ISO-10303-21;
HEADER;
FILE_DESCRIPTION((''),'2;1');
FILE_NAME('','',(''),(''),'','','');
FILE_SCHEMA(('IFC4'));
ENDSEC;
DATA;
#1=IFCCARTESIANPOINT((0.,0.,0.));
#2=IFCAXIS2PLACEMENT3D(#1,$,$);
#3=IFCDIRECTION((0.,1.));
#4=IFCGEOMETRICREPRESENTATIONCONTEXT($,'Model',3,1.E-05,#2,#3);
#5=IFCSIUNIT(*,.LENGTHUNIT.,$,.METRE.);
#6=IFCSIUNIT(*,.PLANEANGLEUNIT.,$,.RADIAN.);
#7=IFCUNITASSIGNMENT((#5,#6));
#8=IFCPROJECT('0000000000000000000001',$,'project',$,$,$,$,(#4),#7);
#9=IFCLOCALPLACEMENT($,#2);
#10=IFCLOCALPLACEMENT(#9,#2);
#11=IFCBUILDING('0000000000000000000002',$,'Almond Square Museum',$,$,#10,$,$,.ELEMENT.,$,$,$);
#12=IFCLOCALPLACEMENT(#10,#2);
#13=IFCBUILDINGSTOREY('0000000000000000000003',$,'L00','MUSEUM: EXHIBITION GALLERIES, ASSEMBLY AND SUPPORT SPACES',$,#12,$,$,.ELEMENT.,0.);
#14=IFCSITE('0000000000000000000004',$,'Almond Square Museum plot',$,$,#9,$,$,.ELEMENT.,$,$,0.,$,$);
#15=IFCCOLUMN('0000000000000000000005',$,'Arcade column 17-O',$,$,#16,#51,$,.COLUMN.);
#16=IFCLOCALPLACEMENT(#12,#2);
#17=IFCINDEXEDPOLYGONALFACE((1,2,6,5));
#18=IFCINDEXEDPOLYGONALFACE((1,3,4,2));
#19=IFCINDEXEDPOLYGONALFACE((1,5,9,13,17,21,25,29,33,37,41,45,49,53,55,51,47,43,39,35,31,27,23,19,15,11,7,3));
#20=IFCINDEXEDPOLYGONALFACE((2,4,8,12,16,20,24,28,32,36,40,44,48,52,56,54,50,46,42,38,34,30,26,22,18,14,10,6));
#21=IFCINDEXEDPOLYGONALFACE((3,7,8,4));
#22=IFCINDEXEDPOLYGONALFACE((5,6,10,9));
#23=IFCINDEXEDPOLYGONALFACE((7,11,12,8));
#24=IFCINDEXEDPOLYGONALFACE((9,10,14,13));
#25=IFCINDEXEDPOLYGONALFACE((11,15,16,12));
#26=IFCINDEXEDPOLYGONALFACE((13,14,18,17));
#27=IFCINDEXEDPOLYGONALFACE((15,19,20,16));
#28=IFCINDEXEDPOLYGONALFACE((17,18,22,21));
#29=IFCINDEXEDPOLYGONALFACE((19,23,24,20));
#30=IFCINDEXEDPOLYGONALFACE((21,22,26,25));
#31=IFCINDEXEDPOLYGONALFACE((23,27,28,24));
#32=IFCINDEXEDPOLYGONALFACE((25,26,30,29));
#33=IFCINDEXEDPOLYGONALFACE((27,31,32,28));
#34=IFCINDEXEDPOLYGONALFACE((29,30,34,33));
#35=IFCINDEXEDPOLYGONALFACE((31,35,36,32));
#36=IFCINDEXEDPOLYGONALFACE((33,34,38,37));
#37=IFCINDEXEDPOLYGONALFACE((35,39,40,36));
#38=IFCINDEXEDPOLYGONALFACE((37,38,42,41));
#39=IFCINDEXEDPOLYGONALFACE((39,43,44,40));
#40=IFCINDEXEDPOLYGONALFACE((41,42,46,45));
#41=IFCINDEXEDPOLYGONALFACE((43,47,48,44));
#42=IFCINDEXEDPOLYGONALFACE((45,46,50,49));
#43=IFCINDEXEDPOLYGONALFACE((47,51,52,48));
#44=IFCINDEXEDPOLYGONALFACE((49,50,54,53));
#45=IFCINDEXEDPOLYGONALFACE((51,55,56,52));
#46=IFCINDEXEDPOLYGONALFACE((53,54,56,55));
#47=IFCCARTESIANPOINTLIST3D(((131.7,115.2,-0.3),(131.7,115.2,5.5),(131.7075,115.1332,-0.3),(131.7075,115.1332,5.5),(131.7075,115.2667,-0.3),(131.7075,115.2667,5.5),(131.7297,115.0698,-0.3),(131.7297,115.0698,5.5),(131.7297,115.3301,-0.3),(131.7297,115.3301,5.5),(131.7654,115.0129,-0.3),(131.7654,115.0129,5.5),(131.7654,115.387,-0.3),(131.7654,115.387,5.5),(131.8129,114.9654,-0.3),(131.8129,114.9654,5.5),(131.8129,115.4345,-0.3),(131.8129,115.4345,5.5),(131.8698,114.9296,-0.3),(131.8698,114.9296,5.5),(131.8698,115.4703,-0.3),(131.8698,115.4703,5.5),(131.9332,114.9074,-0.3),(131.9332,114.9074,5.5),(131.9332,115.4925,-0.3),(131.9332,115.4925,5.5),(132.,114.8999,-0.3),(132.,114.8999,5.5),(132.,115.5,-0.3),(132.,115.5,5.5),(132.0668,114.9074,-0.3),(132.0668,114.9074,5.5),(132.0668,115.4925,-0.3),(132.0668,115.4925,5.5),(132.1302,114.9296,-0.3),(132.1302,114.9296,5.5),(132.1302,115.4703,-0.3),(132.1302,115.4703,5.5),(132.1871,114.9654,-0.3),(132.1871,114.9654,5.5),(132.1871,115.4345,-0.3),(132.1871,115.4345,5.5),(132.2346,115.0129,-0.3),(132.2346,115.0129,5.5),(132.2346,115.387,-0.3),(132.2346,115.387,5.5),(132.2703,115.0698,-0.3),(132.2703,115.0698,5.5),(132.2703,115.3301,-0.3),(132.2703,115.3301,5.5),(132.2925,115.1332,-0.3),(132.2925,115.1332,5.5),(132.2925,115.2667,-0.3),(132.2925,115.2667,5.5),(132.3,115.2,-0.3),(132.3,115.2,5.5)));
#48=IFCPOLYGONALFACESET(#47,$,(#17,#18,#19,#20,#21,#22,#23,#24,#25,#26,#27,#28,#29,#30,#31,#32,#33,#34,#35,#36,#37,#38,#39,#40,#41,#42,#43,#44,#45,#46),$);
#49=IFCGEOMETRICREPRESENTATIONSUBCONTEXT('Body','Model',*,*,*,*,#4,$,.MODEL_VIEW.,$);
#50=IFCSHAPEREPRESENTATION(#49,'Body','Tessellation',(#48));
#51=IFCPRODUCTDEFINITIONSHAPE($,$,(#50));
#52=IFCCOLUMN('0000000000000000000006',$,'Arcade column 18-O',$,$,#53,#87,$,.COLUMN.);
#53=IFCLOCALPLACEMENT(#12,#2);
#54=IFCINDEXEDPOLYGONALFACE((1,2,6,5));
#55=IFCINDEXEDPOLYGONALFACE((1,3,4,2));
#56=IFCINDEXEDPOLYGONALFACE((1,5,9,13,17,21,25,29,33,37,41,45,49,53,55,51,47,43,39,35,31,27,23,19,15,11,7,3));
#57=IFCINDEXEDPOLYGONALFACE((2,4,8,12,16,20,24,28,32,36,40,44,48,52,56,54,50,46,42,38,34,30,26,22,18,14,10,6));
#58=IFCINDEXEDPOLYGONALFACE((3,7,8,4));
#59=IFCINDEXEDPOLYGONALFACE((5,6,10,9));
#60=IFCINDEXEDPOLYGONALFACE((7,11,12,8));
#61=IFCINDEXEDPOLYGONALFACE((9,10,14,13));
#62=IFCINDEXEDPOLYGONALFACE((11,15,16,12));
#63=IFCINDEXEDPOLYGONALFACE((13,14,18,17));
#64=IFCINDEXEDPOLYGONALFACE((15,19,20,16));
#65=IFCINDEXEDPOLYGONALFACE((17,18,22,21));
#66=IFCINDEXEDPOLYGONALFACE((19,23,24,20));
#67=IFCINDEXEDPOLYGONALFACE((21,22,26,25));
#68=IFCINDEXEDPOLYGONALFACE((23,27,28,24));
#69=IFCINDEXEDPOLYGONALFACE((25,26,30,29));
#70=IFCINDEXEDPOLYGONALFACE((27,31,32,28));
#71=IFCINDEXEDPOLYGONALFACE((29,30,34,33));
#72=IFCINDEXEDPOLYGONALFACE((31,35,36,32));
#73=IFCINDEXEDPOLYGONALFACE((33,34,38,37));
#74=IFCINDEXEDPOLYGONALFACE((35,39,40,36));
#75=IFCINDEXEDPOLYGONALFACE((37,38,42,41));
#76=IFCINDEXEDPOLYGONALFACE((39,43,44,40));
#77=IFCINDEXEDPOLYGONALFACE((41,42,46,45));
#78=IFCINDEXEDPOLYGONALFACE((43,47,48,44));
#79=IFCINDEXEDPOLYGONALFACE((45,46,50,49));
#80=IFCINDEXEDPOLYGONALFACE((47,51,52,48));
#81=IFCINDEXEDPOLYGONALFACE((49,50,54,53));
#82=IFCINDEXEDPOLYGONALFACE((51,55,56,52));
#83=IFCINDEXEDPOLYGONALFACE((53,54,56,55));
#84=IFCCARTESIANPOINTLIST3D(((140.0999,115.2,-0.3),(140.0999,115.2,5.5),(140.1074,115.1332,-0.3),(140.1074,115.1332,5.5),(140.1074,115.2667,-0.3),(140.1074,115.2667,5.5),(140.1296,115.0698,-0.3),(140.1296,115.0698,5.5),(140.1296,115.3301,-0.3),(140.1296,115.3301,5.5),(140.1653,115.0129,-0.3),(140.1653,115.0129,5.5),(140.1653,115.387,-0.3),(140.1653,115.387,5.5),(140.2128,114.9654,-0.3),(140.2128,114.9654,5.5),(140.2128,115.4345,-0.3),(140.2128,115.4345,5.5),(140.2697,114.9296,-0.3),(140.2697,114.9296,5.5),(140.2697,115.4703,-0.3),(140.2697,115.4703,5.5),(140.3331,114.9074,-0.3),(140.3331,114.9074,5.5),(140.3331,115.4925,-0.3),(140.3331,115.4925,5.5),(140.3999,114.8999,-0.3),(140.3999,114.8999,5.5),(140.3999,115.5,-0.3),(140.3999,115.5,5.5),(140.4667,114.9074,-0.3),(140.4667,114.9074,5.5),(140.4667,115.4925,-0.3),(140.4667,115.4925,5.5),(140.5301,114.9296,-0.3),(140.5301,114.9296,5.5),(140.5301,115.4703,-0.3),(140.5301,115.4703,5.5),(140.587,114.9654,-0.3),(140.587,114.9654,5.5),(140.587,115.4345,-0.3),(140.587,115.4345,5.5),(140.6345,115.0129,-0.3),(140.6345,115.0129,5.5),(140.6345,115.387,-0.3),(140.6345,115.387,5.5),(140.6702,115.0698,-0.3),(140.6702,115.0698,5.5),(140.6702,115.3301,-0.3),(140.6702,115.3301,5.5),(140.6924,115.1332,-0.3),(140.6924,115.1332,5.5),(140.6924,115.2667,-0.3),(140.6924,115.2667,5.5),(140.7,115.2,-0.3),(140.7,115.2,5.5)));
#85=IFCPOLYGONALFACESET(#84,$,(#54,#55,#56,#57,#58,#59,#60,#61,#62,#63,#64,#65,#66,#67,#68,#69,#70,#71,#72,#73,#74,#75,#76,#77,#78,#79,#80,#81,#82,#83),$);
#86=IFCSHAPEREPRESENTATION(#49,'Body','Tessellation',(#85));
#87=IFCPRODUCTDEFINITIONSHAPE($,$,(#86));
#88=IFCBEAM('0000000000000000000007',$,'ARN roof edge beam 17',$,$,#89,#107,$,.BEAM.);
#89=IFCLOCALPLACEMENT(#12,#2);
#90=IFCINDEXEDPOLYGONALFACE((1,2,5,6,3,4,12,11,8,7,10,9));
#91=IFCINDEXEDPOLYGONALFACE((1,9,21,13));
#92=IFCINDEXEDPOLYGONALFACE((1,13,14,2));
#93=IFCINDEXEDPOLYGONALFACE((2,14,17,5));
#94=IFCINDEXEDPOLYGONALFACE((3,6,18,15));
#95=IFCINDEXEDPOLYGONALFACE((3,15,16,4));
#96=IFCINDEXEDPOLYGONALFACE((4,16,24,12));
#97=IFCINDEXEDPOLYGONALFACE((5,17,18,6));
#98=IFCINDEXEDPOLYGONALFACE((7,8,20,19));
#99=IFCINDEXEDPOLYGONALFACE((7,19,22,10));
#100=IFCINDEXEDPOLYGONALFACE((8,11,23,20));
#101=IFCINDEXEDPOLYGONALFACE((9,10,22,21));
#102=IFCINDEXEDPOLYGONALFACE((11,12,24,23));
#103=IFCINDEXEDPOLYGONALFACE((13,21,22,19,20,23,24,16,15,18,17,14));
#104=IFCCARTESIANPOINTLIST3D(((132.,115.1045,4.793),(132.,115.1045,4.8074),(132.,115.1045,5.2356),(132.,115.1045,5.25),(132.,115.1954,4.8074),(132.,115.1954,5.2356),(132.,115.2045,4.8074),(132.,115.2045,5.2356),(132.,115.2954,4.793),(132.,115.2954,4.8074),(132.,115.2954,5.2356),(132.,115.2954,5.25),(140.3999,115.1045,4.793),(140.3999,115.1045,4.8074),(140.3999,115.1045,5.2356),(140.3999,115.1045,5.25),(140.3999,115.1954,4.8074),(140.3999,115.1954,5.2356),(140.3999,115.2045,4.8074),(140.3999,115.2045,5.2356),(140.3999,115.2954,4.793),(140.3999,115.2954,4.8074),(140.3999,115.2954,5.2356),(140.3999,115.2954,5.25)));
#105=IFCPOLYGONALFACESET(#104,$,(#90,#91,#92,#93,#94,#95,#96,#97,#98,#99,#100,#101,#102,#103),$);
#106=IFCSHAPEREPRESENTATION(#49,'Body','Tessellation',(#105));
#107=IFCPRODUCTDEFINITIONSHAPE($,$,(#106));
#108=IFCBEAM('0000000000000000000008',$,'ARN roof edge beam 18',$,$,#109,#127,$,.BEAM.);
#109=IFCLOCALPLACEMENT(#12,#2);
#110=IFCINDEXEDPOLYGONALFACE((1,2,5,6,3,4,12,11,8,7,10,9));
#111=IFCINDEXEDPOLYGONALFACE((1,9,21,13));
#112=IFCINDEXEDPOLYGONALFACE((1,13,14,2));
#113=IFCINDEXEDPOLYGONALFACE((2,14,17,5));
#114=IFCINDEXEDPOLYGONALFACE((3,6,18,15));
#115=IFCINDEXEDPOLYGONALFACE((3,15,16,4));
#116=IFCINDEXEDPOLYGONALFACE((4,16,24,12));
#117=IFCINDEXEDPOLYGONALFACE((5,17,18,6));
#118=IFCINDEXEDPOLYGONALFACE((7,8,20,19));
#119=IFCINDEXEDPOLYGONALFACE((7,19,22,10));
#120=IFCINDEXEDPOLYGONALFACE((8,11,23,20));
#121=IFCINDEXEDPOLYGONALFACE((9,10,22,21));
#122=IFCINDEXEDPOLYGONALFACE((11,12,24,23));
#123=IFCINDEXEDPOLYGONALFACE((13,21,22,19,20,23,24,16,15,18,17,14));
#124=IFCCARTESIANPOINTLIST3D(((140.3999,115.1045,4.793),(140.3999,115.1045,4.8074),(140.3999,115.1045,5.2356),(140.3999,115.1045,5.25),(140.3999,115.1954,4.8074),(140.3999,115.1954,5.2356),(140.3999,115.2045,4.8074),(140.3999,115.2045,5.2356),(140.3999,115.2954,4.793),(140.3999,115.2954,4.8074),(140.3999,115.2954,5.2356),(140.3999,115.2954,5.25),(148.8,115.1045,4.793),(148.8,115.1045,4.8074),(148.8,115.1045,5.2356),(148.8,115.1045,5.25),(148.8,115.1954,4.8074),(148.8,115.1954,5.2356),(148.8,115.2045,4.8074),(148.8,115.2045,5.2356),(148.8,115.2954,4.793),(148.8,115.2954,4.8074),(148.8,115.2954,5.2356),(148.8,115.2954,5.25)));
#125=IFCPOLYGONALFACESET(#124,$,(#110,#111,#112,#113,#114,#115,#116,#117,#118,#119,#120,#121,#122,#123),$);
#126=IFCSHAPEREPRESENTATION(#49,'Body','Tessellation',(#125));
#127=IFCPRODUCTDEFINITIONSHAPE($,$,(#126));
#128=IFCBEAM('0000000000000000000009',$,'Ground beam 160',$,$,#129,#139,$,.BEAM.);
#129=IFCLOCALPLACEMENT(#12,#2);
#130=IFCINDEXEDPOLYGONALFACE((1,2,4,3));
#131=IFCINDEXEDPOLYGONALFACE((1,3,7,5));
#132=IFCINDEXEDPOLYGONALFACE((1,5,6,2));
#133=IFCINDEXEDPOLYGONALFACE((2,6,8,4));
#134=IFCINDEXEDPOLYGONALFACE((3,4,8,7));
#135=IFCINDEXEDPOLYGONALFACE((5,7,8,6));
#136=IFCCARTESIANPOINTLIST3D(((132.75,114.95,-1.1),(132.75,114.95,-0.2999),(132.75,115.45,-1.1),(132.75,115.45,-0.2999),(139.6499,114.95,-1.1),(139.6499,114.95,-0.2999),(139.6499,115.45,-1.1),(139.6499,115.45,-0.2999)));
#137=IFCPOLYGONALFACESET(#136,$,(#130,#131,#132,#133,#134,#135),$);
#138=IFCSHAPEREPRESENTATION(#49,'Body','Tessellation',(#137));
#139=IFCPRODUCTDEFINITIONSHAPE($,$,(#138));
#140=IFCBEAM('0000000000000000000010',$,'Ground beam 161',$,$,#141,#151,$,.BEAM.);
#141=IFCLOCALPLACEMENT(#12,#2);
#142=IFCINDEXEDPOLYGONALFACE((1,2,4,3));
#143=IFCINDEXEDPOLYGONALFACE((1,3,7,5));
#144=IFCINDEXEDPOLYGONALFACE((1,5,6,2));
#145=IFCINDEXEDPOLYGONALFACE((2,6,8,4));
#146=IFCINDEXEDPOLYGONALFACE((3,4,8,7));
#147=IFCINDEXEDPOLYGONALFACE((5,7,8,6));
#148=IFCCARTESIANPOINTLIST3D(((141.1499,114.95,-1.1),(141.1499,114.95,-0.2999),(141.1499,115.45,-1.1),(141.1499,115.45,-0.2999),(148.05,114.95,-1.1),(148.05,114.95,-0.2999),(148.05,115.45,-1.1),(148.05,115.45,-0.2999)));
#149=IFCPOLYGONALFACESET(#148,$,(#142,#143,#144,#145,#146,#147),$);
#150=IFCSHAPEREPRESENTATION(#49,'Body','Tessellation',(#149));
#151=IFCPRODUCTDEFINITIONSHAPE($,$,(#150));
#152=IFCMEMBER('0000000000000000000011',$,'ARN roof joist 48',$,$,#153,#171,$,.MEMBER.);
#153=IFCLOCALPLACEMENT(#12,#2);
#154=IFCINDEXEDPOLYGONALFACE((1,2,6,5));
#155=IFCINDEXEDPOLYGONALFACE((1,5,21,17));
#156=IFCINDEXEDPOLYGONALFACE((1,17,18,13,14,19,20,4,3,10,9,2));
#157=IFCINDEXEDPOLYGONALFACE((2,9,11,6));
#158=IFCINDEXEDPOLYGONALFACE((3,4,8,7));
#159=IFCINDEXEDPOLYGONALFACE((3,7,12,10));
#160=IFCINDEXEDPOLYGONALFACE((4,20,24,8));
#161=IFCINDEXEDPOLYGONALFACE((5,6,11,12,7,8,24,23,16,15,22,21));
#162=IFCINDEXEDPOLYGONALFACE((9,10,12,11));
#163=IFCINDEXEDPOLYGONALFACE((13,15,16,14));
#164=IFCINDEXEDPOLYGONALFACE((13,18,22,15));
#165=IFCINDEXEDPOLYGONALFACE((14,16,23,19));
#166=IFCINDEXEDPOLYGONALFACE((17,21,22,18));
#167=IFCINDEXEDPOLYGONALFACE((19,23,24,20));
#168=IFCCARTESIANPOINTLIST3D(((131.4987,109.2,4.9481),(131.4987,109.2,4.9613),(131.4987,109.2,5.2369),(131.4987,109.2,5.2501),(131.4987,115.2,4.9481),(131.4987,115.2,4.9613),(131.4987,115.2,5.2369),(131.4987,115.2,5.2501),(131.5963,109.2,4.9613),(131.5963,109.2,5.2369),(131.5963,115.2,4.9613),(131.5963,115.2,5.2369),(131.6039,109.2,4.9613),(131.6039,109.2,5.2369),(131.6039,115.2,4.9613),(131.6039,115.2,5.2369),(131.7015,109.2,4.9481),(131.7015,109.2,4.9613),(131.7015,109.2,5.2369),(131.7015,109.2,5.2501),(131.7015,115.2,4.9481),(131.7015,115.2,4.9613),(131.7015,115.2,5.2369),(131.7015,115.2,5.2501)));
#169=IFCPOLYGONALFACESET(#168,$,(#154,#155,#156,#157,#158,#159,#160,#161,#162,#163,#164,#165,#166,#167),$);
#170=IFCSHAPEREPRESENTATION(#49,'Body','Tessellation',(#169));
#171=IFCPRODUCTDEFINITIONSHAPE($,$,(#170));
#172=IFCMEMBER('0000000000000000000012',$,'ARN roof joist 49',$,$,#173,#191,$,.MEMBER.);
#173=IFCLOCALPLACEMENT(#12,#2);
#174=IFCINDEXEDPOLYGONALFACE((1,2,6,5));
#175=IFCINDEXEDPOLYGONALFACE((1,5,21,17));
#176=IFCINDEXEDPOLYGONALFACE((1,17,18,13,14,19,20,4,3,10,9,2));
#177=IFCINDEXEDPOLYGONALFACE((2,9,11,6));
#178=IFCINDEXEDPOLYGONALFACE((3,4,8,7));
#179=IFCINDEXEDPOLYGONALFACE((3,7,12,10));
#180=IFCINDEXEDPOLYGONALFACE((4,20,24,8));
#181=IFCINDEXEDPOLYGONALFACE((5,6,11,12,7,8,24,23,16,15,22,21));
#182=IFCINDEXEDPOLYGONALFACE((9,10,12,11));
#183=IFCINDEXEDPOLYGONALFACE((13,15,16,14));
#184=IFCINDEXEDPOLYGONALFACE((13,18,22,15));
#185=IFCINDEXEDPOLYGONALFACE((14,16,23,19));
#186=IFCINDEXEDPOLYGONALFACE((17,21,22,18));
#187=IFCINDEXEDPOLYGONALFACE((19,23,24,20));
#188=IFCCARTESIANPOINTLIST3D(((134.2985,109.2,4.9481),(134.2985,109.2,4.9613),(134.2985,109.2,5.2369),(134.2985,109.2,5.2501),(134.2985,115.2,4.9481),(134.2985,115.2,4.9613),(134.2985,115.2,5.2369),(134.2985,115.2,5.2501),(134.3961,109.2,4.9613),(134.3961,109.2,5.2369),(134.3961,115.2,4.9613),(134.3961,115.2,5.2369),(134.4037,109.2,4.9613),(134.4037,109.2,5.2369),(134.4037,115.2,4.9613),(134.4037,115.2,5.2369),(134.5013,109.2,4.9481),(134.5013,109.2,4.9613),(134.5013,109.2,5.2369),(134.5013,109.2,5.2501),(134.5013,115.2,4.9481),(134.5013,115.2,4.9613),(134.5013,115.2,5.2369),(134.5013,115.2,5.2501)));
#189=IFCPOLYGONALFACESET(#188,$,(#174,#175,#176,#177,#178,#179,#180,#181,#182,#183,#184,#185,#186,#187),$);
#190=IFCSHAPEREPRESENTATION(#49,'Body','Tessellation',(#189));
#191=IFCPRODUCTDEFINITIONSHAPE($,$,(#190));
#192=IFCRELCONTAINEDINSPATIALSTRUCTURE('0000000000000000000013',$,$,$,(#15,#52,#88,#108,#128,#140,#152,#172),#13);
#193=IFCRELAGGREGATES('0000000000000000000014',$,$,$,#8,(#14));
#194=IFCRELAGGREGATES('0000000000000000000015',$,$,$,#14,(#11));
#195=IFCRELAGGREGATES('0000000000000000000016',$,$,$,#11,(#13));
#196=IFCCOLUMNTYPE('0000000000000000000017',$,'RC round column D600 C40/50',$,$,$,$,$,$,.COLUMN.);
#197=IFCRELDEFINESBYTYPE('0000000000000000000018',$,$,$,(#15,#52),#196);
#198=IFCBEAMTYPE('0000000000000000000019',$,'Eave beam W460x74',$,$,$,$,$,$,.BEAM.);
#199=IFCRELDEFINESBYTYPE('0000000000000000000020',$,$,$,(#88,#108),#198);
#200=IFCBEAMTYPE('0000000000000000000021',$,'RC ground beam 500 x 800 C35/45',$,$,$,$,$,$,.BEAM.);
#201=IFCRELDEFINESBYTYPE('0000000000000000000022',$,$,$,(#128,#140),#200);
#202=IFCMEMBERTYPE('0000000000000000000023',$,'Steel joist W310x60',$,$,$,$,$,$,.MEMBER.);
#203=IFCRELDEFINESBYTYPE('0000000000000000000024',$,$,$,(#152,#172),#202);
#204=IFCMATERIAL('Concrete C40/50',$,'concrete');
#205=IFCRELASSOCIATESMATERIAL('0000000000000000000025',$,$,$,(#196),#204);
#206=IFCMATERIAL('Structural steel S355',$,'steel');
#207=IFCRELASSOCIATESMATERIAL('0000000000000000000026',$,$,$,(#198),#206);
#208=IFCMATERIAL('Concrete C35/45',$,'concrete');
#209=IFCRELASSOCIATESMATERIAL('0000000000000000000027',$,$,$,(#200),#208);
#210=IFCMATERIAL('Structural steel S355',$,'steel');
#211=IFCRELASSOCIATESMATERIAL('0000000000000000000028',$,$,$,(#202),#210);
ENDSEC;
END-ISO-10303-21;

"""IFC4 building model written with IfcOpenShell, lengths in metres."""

from ifc_helpers import new_model, si_unit, direction, frame, origin, origin_2d, place, context, subcontext, project, spatial, rectangle, circle, i_section, extrude, material, material_profile, profile_set, type_object, element, save


model = new_model("IFC4")

# Units and contexts
model_context = context("Model", 3, precision=1e-05, world=origin(), true_north=direction((0.0, 1.0)))
body_context = subcontext(model_context, "Body", "Model", "MODEL_VIEW")
ifc_project = project(units=[si_unit("LENGTHUNIT", "METRE"), si_unit("PLANEANGLEUNIT", "RADIAN")], contexts=[model_context])

# Site, building, storey
site_placement = place(None, origin())
site = spatial("IfcSite", under=ifc_project, at=site_placement, Name="Almond Square Museum plot", CompositionType="ELEMENT", RefElevation=0.0)
building_placement = place(site_placement, origin())
building = spatial("IfcBuilding", under=site, at=building_placement, Name="Almond Square Museum", CompositionType="ELEMENT")
storey_placement = place(building_placement, origin())
storey = spatial("IfcBuildingStorey", under=building, at=storey_placement, Name="L00", Description="MUSEUM: EXHIBITION GALLERIES, ASSEMBLY AND SUPPORT SPACES", CompositionType="ELEMENT", Elevation=0.0)

# Columns
ifc_material_1 = material(Name="Concrete C40/50", Category="concrete")
ifc_material_profile_1 = material_profile(ifc_material_1, circle(Radius=0.3, at=origin_2d()))
ifc_profile_set_1 = profile_set([ifc_material_profile_1], Name="Concrete C40/50")
column_type = type_object("IfcColumnType", Name="RC round column D600 C40/50", PredefinedType="COLUMN", material=ifc_profile_set_1)
for number, where, z_axis, x_axis, name in (
    (1, (132.0, 115.2, -0.3), (0.0, 0.0, 1.0), (1.0, 0.0, 0.0), "Arcade column 17-O"),
    (2, (140.3999, 115.2, -0.3), (0.0, 0.0, 1.0), (1.0, 0.0, 0.0), "Arcade column 18-O"),
):
    element("IfcColumn", number, at=place(storey_placement, frame(where, z_axis=z_axis, x_axis=x_axis)), inside=storey, type_object=column_type, Name=name, PredefinedType="COLUMN", context=body_context, shape_type="SweptSolid", body=[
        extrude(circle(Radius=0.3, at=origin_2d()), origin(), (0.0, 0.0, 1.0), 5.8),
    ])

# Beams
ifc_material_2 = material(Name="Structural steel S355", Category="steel")
ifc_material_profile_2 = material_profile(ifc_material_2, i_section(OverallWidth=0.1909, OverallDepth=0.457, WebThickness=0.009, FlangeThickness=0.0144, at=origin_2d()))
ifc_profile_set_2 = profile_set([ifc_material_profile_2], Name="Structural steel S355")
beam_type_1 = type_object("IfcBeamType", Name="Eave beam W460x74", PredefinedType="BEAM", material=ifc_profile_set_2)
beam_1_placement = place(storey_placement, frame((132.0, 115.2, 5.0215), z_axis=(1.0, 0.0, 0.0), x_axis=(0.0, 1.0, 0.0)))
element("IfcBeam", 3, at=beam_1_placement, inside=storey, type_object=beam_type_1, Name="ARN roof edge beam 17", PredefinedType="BEAM", context=body_context, shape_type="SweptSolid", body=[
    extrude(i_section(OverallWidth=0.1909, OverallDepth=0.457, WebThickness=0.009, FlangeThickness=0.0144, at=origin_2d()), origin(), (0.0, 0.0, 1.0), 8.3999),
])
beam_2_placement = place(storey_placement, frame((140.3999, 115.2, 5.0215), z_axis=(1.0, 0.0, 0.0), x_axis=(0.0, 1.0, 0.0)))
element("IfcBeam", 4, at=beam_2_placement, inside=storey, type_object=beam_type_1, Name="ARN roof edge beam 18", PredefinedType="BEAM", context=body_context, shape_type="SweptSolid", body=[
    extrude(i_section(OverallWidth=0.1909, OverallDepth=0.457, WebThickness=0.009, FlangeThickness=0.0144, at=origin_2d()), origin(), (0.0, 0.0, 1.0), 8.4001),
])
ifc_material_3 = material(Name="Concrete C35/45", Category="concrete")
ifc_material_profile_3 = material_profile(ifc_material_3, rectangle(XDim=0.5, YDim=0.8, at=origin_2d()))
ifc_profile_set_3 = profile_set([ifc_material_profile_3], Name="Concrete C35/45")
beam_type_2 = type_object("IfcBeamType", Name="RC ground beam 500 x 800 C35/45", PredefinedType="BEAM", material=ifc_profile_set_3)
beam_3_placement = place(storey_placement, frame((132.75, 115.2, -0.7), z_axis=(1.0, 0.0, 0.0), x_axis=(0.0, 1.0, 0.0)))
element("IfcBeam", 5, at=beam_3_placement, inside=storey, type_object=beam_type_2, Name="Ground beam 160", PredefinedType="BEAM", context=body_context, shape_type="SweptSolid", body=[
    extrude(rectangle(XDim=0.5, YDim=0.8, at=origin_2d()), origin(), (0.0, 0.0, 1.0), 6.8999),
])
beam_4_placement = place(storey_placement, frame((141.1499, 115.2, -0.7), z_axis=(1.0, 0.0, 0.0), x_axis=(0.0, 1.0, 0.0)))
element("IfcBeam", 6, at=beam_4_placement, inside=storey, type_object=beam_type_2, Name="Ground beam 161", PredefinedType="BEAM", context=body_context, shape_type="SweptSolid", body=[
    extrude(rectangle(XDim=0.5, YDim=0.8, at=origin_2d()), origin(), (0.0, 0.0, 1.0), 6.9001),
])

# Members
ifc_material_4 = material(Name="Structural steel S355", Category="steel")
ifc_material_profile_4 = material_profile(ifc_material_4, i_section(OverallWidth=0.2029, OverallDepth=0.302, WebThickness=0.0076, FlangeThickness=0.0132, at=origin_2d()))
ifc_profile_set_4 = profile_set([ifc_material_profile_4], Name="Structural steel S355")
member_type = type_object("IfcMemberType", Name="Steel joist W310x60", PredefinedType="MEMBER", material=ifc_profile_set_4)
for number, where, z_axis, x_axis, name in (
    (7, (131.6001, 109.2, 5.0991), (0.0, 1.0, 0.0), (-1.0, 0.0, 0.0), "ARN roof joist 48"),
    (8, (134.3999, 109.2, 5.0991), (0.0, 1.0, 0.0), (-1.0, 0.0, 0.0), "ARN roof joist 49"),
):
    element("IfcMember", number, at=place(storey_placement, frame(where, z_axis=z_axis, x_axis=x_axis)), inside=storey, type_object=member_type, Name=name, PredefinedType="MEMBER", context=body_context, shape_type="SweptSolid", body=[
        extrude(i_section(OverallWidth=0.2029, OverallDepth=0.302, WebThickness=0.0076, FlangeThickness=0.0132, at=origin_2d()), origin(), (0.0, 0.0, 1.0), 6.0),
    ])

save(model, "model.ifc")
